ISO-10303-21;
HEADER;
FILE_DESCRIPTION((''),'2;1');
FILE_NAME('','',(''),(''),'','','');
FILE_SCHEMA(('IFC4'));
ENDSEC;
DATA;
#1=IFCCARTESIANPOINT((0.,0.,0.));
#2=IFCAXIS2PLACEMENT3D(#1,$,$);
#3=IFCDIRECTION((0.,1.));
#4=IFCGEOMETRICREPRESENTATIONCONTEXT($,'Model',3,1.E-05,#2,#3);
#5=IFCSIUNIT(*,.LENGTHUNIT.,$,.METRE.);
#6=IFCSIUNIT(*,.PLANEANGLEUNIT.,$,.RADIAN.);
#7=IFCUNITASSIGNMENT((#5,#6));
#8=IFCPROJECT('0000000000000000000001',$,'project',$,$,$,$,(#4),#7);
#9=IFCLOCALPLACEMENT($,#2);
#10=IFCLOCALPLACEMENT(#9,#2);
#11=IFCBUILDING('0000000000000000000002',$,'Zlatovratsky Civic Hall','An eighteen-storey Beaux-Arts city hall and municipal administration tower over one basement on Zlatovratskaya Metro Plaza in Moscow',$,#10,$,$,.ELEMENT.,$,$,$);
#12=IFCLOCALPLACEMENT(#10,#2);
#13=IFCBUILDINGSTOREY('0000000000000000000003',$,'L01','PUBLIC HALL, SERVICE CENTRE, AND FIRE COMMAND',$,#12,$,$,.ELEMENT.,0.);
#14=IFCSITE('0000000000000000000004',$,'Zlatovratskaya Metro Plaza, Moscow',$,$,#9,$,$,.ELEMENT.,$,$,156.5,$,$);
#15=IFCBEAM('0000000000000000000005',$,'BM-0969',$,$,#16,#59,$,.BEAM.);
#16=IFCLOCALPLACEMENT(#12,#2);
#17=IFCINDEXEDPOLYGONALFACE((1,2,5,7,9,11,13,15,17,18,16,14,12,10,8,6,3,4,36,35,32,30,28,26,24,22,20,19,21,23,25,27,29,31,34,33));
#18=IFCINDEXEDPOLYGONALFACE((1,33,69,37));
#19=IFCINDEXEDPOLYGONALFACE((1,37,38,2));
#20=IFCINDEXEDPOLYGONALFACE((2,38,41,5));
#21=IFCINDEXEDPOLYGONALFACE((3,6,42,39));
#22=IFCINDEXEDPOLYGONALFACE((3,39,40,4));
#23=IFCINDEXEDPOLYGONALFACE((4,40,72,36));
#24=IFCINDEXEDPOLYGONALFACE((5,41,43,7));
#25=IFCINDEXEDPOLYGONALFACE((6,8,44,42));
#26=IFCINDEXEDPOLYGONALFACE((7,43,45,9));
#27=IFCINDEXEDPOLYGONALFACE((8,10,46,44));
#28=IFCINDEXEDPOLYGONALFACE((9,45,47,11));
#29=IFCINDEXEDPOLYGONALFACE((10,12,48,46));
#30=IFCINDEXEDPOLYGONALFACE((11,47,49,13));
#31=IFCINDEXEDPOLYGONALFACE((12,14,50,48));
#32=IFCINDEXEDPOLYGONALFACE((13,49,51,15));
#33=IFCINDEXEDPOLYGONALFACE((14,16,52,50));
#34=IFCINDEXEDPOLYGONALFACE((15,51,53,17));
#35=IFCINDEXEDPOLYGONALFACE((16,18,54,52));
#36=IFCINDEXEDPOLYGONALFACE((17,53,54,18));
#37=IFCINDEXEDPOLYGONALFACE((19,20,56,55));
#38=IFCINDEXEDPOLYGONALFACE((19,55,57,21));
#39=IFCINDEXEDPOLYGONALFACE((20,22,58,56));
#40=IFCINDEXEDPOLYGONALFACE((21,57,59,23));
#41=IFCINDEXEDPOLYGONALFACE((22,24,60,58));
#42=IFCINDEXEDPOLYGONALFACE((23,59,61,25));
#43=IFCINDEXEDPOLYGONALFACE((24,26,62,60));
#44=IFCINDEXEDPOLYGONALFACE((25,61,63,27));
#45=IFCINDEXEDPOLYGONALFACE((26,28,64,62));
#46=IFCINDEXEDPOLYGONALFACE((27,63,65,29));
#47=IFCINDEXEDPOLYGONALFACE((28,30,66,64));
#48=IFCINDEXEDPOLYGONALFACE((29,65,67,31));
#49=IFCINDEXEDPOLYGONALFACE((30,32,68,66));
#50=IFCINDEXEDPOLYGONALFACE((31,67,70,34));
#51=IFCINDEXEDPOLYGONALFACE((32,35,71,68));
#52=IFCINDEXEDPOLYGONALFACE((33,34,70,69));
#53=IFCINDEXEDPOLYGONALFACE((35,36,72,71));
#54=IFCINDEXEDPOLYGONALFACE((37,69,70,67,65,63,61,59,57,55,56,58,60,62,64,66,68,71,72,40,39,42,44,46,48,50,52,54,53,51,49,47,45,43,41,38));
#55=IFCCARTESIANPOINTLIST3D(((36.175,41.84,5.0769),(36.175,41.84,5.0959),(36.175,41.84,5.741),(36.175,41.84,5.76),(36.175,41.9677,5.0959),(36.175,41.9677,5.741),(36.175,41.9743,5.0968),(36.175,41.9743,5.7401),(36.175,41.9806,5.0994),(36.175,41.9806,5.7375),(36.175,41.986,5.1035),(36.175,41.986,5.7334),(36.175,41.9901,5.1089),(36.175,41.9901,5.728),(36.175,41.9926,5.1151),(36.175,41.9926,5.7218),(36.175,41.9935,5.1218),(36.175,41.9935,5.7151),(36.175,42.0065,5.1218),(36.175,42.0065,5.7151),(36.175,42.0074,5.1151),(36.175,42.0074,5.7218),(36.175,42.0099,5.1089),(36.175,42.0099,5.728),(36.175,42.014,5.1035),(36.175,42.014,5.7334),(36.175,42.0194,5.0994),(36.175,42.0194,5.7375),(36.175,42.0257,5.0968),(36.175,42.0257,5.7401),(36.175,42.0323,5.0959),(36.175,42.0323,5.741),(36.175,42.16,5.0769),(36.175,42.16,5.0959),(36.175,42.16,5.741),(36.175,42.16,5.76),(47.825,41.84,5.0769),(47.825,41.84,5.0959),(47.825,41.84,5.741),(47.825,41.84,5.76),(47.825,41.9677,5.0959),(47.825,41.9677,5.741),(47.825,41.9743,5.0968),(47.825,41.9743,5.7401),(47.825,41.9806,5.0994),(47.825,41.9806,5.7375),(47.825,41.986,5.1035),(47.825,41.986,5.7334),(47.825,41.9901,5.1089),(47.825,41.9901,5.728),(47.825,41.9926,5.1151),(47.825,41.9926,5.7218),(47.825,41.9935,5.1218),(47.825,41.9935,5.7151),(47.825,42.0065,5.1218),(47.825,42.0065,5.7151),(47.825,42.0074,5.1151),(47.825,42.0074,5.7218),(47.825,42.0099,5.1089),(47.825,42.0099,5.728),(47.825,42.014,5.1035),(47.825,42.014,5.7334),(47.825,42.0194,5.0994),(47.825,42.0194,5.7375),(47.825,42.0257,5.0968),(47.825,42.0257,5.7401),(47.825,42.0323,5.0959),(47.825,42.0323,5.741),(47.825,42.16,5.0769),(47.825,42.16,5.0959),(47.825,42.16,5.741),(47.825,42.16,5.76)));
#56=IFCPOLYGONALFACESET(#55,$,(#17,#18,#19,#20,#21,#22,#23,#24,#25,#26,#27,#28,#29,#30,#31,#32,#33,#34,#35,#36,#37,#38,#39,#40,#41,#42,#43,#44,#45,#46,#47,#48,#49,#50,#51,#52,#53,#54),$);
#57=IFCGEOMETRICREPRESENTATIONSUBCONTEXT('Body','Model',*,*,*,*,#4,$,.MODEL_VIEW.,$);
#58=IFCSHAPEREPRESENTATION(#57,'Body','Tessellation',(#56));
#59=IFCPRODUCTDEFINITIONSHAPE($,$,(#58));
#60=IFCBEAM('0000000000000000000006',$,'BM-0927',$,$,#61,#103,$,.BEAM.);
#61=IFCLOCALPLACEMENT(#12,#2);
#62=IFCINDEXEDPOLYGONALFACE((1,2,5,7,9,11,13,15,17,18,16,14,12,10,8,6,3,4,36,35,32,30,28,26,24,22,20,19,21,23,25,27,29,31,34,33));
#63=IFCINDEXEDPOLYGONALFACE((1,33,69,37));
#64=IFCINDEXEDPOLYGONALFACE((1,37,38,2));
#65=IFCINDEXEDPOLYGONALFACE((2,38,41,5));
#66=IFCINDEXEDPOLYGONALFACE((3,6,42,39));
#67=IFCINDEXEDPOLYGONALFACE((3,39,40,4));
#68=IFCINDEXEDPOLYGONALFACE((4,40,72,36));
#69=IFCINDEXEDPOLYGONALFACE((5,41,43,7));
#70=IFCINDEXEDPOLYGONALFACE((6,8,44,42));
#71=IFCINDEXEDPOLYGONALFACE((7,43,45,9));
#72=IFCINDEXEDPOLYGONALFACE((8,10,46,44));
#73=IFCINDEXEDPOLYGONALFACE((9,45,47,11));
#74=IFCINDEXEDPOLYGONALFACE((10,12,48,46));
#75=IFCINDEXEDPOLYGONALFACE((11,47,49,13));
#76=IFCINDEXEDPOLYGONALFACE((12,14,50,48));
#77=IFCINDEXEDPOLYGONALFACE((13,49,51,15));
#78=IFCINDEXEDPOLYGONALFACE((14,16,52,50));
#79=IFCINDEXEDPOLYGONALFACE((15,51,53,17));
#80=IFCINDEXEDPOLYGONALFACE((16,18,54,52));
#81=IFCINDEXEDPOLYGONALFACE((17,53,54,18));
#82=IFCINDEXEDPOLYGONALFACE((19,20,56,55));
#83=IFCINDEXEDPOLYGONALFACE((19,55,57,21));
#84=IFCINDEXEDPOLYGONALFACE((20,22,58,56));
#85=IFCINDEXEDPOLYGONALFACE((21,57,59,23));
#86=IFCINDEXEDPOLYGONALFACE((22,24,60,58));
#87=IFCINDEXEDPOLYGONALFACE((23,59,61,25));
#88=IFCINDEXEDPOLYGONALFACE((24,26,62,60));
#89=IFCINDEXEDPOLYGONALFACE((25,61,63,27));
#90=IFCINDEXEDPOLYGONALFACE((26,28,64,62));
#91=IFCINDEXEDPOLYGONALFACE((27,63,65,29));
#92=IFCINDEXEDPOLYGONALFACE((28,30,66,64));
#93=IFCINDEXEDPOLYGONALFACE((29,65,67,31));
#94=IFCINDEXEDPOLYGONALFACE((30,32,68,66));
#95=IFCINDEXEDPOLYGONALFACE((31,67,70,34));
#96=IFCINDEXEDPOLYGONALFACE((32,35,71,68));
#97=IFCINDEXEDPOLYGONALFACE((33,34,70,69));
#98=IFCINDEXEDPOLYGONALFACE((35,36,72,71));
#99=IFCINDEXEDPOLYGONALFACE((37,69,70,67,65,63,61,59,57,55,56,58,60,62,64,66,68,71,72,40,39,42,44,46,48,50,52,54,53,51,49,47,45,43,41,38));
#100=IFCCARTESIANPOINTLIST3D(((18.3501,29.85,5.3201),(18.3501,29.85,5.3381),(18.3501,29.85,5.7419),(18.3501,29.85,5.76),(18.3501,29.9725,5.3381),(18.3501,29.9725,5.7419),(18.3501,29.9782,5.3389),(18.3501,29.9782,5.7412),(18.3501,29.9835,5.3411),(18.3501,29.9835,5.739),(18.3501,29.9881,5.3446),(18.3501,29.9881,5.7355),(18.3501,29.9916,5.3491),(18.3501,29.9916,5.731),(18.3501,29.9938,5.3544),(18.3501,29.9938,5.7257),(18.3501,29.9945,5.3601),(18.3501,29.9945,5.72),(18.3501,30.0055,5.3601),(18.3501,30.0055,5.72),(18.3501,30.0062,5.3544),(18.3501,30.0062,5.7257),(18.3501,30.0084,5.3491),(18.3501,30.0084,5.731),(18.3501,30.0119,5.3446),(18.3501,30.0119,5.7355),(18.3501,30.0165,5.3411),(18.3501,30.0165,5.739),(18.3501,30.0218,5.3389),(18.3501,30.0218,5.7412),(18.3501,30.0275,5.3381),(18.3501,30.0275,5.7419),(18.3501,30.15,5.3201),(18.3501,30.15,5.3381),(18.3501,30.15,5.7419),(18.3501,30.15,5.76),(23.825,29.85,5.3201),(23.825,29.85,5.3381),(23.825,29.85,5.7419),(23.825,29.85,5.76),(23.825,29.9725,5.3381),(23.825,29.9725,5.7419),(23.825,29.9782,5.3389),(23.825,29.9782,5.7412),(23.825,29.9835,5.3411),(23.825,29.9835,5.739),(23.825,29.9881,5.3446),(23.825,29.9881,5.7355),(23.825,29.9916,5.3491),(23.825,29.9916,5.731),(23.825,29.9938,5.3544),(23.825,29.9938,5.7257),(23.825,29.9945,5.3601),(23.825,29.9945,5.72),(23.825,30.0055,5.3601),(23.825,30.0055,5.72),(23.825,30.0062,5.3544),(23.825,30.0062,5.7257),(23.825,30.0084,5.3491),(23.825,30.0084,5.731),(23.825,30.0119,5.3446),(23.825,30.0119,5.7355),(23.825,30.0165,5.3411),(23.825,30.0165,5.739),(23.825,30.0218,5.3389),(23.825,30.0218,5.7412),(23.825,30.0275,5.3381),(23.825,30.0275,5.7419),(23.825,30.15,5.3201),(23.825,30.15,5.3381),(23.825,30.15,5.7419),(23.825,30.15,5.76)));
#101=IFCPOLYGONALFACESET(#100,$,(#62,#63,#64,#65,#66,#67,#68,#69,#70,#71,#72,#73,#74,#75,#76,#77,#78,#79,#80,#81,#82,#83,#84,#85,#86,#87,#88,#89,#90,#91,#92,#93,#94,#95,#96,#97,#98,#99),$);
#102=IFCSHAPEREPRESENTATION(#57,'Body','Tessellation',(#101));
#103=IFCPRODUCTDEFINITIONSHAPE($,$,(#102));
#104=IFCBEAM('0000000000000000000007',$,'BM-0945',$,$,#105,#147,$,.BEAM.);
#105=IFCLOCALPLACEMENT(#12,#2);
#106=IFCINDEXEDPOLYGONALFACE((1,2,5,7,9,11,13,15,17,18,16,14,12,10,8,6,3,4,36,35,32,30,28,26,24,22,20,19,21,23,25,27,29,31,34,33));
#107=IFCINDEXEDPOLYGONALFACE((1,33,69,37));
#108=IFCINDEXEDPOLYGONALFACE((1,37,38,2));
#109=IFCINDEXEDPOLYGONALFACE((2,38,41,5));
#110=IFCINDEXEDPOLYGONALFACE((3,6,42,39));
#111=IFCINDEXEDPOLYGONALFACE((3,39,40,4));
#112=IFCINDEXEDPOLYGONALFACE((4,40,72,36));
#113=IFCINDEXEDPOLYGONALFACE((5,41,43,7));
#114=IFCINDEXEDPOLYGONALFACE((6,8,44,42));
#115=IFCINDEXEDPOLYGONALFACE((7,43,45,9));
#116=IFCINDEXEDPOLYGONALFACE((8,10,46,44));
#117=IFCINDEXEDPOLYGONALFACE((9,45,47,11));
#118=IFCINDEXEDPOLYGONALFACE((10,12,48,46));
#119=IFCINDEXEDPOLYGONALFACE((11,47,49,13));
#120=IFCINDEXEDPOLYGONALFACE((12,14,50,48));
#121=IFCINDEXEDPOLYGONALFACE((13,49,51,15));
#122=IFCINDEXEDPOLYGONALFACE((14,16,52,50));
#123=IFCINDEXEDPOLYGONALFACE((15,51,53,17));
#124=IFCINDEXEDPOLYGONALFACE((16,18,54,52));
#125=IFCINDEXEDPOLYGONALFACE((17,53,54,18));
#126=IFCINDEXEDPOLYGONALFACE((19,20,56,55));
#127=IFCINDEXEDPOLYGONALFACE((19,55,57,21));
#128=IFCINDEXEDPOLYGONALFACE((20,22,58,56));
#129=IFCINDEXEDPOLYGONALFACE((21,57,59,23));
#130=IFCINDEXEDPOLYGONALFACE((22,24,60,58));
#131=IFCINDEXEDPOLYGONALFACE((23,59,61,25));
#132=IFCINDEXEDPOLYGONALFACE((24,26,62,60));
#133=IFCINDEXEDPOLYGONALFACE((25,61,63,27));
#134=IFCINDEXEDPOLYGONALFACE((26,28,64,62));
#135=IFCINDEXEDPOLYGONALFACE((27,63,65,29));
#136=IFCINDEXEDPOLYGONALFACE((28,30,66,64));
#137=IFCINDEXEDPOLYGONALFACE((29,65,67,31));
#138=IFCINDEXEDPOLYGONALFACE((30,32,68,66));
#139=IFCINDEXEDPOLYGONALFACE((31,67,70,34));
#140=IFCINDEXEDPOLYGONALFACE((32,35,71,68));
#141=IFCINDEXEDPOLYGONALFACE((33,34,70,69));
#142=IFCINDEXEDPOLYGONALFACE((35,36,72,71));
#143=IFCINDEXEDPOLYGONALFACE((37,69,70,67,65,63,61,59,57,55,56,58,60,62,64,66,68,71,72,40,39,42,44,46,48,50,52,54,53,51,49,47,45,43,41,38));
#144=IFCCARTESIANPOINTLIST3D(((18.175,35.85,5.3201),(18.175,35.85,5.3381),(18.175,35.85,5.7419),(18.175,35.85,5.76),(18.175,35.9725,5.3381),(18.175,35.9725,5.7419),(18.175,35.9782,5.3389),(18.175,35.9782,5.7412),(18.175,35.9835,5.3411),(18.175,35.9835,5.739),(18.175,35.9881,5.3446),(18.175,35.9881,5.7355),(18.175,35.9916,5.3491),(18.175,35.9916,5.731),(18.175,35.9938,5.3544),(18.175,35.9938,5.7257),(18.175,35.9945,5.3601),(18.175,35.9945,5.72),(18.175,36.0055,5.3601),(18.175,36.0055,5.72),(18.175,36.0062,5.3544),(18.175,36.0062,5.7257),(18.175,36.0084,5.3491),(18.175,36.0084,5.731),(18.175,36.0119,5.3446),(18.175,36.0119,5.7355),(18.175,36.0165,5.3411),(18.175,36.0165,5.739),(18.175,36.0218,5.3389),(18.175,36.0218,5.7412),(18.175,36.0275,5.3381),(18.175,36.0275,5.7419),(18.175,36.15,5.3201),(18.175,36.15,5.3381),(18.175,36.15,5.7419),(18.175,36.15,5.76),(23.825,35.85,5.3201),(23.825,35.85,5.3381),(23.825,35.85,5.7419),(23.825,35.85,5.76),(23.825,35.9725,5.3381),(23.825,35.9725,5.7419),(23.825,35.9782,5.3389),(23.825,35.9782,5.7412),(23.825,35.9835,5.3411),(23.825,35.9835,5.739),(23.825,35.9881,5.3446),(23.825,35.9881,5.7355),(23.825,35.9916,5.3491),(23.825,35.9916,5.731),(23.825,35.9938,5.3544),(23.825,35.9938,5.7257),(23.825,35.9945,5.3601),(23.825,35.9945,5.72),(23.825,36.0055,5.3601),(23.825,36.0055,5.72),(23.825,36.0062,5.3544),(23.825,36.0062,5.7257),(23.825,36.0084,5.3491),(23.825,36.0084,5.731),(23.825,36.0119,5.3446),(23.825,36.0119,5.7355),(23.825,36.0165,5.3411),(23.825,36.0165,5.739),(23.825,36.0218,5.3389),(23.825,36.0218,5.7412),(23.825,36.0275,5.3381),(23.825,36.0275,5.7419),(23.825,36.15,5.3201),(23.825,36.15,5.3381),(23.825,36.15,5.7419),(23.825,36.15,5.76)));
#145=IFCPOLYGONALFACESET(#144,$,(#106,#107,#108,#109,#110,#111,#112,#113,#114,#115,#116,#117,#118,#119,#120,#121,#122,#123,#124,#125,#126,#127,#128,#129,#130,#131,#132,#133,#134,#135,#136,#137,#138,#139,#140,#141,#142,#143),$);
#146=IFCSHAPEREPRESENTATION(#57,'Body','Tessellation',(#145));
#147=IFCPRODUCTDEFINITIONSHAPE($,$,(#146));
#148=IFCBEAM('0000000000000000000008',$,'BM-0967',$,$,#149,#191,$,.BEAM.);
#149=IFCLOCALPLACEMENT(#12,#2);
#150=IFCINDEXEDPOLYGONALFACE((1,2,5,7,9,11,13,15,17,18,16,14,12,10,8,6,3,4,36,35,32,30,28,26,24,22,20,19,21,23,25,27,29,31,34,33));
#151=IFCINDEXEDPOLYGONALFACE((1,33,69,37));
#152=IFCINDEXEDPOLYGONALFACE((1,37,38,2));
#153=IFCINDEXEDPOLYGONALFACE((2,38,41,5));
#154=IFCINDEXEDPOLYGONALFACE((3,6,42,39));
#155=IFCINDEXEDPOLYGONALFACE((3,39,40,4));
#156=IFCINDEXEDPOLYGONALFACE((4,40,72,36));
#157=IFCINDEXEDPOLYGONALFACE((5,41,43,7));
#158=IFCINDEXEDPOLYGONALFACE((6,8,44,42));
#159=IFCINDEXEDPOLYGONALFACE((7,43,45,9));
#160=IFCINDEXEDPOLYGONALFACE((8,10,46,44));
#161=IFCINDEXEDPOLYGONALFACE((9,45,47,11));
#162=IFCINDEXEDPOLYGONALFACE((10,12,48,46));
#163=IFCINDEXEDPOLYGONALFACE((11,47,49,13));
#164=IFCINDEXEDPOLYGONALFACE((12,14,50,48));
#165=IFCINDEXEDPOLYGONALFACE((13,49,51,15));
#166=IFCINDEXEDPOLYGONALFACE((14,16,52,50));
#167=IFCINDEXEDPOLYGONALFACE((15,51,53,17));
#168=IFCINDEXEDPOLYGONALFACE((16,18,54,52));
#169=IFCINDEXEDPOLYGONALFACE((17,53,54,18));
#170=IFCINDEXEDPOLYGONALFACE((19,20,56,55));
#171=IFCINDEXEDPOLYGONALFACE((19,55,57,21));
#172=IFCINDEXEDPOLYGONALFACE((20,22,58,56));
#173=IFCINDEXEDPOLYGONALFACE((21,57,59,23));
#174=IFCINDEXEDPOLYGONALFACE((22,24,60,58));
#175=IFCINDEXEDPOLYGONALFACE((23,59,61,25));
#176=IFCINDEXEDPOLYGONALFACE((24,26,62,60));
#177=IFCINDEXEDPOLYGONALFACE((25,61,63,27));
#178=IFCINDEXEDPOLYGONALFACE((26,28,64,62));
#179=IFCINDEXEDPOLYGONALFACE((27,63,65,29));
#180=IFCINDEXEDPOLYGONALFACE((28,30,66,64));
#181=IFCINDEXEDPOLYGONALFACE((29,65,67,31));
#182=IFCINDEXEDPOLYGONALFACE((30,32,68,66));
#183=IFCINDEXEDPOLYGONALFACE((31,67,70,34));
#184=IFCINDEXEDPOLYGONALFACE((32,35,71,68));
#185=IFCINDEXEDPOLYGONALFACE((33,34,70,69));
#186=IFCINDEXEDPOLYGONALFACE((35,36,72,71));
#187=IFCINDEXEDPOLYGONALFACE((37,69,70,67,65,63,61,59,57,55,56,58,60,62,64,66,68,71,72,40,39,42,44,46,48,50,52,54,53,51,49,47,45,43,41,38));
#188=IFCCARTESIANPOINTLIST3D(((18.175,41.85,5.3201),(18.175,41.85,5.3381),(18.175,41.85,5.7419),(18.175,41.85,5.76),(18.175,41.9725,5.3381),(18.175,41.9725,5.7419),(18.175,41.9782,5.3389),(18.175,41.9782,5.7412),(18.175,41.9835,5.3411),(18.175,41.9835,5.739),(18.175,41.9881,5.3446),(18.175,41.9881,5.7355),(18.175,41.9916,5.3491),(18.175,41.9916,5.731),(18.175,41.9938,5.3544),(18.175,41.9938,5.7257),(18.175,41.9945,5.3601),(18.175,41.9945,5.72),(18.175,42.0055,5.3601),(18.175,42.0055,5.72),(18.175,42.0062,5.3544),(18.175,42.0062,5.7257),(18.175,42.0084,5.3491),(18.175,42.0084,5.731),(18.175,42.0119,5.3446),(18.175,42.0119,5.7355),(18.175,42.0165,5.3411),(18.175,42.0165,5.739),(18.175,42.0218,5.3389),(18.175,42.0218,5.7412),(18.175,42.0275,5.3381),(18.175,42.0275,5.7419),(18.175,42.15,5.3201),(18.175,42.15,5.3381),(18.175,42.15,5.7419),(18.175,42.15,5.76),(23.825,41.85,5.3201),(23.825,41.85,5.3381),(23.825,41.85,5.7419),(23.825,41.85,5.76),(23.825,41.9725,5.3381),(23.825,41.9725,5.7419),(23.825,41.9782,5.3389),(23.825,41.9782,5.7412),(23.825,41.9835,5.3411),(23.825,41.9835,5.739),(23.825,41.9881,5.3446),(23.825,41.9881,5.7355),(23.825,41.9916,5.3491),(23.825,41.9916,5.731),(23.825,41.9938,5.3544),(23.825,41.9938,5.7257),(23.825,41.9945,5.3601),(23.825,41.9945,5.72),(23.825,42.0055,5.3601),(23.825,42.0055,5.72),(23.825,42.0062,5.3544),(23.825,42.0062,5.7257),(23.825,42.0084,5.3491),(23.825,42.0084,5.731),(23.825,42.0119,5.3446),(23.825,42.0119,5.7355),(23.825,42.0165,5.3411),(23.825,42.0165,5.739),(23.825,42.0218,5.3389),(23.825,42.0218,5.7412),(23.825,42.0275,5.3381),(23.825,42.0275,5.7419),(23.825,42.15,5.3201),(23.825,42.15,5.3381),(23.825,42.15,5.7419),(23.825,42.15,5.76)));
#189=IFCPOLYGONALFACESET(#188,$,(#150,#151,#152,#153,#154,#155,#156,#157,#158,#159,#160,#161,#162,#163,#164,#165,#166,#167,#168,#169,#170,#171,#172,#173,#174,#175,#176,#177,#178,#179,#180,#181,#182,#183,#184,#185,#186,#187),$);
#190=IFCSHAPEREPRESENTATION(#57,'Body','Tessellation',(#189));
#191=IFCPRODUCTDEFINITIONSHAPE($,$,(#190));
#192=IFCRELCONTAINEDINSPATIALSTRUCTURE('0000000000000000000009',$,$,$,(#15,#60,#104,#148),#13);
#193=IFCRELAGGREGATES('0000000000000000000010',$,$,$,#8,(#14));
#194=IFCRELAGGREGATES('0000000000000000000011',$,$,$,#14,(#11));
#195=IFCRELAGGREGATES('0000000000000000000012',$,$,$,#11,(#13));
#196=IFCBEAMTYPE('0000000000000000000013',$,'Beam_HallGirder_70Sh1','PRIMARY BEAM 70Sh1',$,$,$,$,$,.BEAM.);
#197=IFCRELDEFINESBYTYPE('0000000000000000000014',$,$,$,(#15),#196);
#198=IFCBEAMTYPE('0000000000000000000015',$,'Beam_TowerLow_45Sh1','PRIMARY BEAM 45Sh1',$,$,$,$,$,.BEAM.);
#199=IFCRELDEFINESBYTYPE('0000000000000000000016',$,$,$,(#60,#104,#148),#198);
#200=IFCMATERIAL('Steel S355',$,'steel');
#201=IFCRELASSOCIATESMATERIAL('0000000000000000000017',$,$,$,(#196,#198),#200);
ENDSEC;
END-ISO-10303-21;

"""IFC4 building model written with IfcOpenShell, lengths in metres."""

from ifc_helpers import new_model, si_unit, direction, frame, origin, origin_2d, place, context, subcontext, project, spatial, i_section, extrude, material, material_profile, profile_set, type_object, element, save


model = new_model("IFC4")

# Units and contexts
model_context = context("Model", 3, precision=1e-05, world=origin(), true_north=direction((0.0, 1.0)))
body_context = subcontext(model_context, "Body", "Model", "MODEL_VIEW")
ifc_project = project(units=[si_unit("LENGTHUNIT", "METRE"), si_unit("PLANEANGLEUNIT", "RADIAN")], contexts=[model_context])

# Site, building, storey
site_placement = place(None, origin())
site = spatial("IfcSite", under=ifc_project, at=site_placement, Name="Zlatovratskaya Metro Plaza, Moscow", CompositionType="ELEMENT", RefElevation=156.5)
building_placement = place(site_placement, origin())
building = spatial("IfcBuilding", under=site, at=building_placement, Name="Zlatovratsky Civic Hall", Description="An eighteen-storey Beaux-Arts city hall and municipal administration tower over one basement on Zlatovratskaya Metro Plaza in Moscow", CompositionType="ELEMENT")
storey_placement = place(building_placement, origin())
storey = spatial("IfcBuildingStorey", under=building, at=storey_placement, Name="L01", Description="PUBLIC HALL, SERVICE CENTRE, AND FIRE COMMAND", CompositionType="ELEMENT", Elevation=0.0)

# Shared definitions
ifc_material = material(Name="Steel S355", Category="steel")

# Beams
ifc_material_profile_1 = material_profile(ifc_material, i_section(OverallWidth=0.3201, OverallDepth=0.6831, WebThickness=0.0129, FlangeThickness=0.019, FilletRadius=0.0259, at=origin_2d()), Name="70Sh1")
ifc_profile_set_1 = profile_set([ifc_material_profile_1], Name="Steel S355")
beam_type_1 = type_object("IfcBeamType", Name="Beam_HallGirder_70Sh1", Description="PRIMARY BEAM 70Sh1", PredefinedType="BEAM", material=ifc_profile_set_1)
for number, where, z_axis, x_axis, name in (
    (1, (36.175, 42.0, 5.4185), (1.0, 0.0, 0.0), (0.0, 1.0, 0.0), "BM-0969"),
):
    element("IfcBeam", number, at=place(storey_placement, frame(where, z_axis=z_axis, x_axis=x_axis)), inside=storey, type_object=beam_type_1, Name=name, PredefinedType="BEAM", context=body_context, shape_type="SweptSolid", body=[
        extrude(i_section(OverallWidth=0.3201, OverallDepth=0.6831, WebThickness=0.0129, FlangeThickness=0.019, FilletRadius=0.0259, at=origin_2d()), origin(), (0.0, 0.0, 1.0), 11.6499),
    ])
ifc_material_profile_2 = material_profile(ifc_material, i_section(OverallWidth=0.3, OverallDepth=0.4399, WebThickness=0.011, FlangeThickness=0.0181, FilletRadius=0.022, at=origin_2d()), Name="45Sh1")
ifc_profile_set_2 = profile_set([ifc_material_profile_2], Name="Steel S355")
beam_type_2 = type_object("IfcBeamType", Name="Beam_TowerLow_45Sh1", Description="PRIMARY BEAM 45Sh1", PredefinedType="BEAM", material=ifc_profile_set_2)
beam_placement = place(storey_placement, frame((18.3501, 30.0, 5.54), z_axis=(1.0, 0.0, 0.0), x_axis=(0.0, 1.0, 0.0)))
element("IfcBeam", 2, at=beam_placement, inside=storey, type_object=beam_type_2, Name="BM-0927", PredefinedType="BEAM", context=body_context, shape_type="SweptSolid", body=[
    extrude(i_section(OverallWidth=0.3, OverallDepth=0.4399, WebThickness=0.011, FlangeThickness=0.0181, FilletRadius=0.022, at=origin_2d()), origin(), (0.0, 0.0, 1.0), 5.4749),
])
for number, where, z_axis, x_axis, name in (
    (3, (18.175, 36.0, 5.54), (1.0, 0.0, 0.0), (0.0, 1.0, 0.0), "BM-0945"),
    (4, (18.175, 42.0, 5.54), (1.0, 0.0, 0.0), (0.0, 1.0, 0.0), "BM-0967"),
):
    element("IfcBeam", number, at=place(storey_placement, frame(where, z_axis=z_axis, x_axis=x_axis)), inside=storey, type_object=beam_type_2, Name=name, PredefinedType="BEAM", context=body_context, shape_type="SweptSolid", body=[
        extrude(i_section(OverallWidth=0.3, OverallDepth=0.4399, WebThickness=0.011, FlangeThickness=0.0181, FilletRadius=0.022, at=origin_2d()), origin(), (0.0, 0.0, 1.0), 5.6499),
    ])

save(model, "model.ifc")
